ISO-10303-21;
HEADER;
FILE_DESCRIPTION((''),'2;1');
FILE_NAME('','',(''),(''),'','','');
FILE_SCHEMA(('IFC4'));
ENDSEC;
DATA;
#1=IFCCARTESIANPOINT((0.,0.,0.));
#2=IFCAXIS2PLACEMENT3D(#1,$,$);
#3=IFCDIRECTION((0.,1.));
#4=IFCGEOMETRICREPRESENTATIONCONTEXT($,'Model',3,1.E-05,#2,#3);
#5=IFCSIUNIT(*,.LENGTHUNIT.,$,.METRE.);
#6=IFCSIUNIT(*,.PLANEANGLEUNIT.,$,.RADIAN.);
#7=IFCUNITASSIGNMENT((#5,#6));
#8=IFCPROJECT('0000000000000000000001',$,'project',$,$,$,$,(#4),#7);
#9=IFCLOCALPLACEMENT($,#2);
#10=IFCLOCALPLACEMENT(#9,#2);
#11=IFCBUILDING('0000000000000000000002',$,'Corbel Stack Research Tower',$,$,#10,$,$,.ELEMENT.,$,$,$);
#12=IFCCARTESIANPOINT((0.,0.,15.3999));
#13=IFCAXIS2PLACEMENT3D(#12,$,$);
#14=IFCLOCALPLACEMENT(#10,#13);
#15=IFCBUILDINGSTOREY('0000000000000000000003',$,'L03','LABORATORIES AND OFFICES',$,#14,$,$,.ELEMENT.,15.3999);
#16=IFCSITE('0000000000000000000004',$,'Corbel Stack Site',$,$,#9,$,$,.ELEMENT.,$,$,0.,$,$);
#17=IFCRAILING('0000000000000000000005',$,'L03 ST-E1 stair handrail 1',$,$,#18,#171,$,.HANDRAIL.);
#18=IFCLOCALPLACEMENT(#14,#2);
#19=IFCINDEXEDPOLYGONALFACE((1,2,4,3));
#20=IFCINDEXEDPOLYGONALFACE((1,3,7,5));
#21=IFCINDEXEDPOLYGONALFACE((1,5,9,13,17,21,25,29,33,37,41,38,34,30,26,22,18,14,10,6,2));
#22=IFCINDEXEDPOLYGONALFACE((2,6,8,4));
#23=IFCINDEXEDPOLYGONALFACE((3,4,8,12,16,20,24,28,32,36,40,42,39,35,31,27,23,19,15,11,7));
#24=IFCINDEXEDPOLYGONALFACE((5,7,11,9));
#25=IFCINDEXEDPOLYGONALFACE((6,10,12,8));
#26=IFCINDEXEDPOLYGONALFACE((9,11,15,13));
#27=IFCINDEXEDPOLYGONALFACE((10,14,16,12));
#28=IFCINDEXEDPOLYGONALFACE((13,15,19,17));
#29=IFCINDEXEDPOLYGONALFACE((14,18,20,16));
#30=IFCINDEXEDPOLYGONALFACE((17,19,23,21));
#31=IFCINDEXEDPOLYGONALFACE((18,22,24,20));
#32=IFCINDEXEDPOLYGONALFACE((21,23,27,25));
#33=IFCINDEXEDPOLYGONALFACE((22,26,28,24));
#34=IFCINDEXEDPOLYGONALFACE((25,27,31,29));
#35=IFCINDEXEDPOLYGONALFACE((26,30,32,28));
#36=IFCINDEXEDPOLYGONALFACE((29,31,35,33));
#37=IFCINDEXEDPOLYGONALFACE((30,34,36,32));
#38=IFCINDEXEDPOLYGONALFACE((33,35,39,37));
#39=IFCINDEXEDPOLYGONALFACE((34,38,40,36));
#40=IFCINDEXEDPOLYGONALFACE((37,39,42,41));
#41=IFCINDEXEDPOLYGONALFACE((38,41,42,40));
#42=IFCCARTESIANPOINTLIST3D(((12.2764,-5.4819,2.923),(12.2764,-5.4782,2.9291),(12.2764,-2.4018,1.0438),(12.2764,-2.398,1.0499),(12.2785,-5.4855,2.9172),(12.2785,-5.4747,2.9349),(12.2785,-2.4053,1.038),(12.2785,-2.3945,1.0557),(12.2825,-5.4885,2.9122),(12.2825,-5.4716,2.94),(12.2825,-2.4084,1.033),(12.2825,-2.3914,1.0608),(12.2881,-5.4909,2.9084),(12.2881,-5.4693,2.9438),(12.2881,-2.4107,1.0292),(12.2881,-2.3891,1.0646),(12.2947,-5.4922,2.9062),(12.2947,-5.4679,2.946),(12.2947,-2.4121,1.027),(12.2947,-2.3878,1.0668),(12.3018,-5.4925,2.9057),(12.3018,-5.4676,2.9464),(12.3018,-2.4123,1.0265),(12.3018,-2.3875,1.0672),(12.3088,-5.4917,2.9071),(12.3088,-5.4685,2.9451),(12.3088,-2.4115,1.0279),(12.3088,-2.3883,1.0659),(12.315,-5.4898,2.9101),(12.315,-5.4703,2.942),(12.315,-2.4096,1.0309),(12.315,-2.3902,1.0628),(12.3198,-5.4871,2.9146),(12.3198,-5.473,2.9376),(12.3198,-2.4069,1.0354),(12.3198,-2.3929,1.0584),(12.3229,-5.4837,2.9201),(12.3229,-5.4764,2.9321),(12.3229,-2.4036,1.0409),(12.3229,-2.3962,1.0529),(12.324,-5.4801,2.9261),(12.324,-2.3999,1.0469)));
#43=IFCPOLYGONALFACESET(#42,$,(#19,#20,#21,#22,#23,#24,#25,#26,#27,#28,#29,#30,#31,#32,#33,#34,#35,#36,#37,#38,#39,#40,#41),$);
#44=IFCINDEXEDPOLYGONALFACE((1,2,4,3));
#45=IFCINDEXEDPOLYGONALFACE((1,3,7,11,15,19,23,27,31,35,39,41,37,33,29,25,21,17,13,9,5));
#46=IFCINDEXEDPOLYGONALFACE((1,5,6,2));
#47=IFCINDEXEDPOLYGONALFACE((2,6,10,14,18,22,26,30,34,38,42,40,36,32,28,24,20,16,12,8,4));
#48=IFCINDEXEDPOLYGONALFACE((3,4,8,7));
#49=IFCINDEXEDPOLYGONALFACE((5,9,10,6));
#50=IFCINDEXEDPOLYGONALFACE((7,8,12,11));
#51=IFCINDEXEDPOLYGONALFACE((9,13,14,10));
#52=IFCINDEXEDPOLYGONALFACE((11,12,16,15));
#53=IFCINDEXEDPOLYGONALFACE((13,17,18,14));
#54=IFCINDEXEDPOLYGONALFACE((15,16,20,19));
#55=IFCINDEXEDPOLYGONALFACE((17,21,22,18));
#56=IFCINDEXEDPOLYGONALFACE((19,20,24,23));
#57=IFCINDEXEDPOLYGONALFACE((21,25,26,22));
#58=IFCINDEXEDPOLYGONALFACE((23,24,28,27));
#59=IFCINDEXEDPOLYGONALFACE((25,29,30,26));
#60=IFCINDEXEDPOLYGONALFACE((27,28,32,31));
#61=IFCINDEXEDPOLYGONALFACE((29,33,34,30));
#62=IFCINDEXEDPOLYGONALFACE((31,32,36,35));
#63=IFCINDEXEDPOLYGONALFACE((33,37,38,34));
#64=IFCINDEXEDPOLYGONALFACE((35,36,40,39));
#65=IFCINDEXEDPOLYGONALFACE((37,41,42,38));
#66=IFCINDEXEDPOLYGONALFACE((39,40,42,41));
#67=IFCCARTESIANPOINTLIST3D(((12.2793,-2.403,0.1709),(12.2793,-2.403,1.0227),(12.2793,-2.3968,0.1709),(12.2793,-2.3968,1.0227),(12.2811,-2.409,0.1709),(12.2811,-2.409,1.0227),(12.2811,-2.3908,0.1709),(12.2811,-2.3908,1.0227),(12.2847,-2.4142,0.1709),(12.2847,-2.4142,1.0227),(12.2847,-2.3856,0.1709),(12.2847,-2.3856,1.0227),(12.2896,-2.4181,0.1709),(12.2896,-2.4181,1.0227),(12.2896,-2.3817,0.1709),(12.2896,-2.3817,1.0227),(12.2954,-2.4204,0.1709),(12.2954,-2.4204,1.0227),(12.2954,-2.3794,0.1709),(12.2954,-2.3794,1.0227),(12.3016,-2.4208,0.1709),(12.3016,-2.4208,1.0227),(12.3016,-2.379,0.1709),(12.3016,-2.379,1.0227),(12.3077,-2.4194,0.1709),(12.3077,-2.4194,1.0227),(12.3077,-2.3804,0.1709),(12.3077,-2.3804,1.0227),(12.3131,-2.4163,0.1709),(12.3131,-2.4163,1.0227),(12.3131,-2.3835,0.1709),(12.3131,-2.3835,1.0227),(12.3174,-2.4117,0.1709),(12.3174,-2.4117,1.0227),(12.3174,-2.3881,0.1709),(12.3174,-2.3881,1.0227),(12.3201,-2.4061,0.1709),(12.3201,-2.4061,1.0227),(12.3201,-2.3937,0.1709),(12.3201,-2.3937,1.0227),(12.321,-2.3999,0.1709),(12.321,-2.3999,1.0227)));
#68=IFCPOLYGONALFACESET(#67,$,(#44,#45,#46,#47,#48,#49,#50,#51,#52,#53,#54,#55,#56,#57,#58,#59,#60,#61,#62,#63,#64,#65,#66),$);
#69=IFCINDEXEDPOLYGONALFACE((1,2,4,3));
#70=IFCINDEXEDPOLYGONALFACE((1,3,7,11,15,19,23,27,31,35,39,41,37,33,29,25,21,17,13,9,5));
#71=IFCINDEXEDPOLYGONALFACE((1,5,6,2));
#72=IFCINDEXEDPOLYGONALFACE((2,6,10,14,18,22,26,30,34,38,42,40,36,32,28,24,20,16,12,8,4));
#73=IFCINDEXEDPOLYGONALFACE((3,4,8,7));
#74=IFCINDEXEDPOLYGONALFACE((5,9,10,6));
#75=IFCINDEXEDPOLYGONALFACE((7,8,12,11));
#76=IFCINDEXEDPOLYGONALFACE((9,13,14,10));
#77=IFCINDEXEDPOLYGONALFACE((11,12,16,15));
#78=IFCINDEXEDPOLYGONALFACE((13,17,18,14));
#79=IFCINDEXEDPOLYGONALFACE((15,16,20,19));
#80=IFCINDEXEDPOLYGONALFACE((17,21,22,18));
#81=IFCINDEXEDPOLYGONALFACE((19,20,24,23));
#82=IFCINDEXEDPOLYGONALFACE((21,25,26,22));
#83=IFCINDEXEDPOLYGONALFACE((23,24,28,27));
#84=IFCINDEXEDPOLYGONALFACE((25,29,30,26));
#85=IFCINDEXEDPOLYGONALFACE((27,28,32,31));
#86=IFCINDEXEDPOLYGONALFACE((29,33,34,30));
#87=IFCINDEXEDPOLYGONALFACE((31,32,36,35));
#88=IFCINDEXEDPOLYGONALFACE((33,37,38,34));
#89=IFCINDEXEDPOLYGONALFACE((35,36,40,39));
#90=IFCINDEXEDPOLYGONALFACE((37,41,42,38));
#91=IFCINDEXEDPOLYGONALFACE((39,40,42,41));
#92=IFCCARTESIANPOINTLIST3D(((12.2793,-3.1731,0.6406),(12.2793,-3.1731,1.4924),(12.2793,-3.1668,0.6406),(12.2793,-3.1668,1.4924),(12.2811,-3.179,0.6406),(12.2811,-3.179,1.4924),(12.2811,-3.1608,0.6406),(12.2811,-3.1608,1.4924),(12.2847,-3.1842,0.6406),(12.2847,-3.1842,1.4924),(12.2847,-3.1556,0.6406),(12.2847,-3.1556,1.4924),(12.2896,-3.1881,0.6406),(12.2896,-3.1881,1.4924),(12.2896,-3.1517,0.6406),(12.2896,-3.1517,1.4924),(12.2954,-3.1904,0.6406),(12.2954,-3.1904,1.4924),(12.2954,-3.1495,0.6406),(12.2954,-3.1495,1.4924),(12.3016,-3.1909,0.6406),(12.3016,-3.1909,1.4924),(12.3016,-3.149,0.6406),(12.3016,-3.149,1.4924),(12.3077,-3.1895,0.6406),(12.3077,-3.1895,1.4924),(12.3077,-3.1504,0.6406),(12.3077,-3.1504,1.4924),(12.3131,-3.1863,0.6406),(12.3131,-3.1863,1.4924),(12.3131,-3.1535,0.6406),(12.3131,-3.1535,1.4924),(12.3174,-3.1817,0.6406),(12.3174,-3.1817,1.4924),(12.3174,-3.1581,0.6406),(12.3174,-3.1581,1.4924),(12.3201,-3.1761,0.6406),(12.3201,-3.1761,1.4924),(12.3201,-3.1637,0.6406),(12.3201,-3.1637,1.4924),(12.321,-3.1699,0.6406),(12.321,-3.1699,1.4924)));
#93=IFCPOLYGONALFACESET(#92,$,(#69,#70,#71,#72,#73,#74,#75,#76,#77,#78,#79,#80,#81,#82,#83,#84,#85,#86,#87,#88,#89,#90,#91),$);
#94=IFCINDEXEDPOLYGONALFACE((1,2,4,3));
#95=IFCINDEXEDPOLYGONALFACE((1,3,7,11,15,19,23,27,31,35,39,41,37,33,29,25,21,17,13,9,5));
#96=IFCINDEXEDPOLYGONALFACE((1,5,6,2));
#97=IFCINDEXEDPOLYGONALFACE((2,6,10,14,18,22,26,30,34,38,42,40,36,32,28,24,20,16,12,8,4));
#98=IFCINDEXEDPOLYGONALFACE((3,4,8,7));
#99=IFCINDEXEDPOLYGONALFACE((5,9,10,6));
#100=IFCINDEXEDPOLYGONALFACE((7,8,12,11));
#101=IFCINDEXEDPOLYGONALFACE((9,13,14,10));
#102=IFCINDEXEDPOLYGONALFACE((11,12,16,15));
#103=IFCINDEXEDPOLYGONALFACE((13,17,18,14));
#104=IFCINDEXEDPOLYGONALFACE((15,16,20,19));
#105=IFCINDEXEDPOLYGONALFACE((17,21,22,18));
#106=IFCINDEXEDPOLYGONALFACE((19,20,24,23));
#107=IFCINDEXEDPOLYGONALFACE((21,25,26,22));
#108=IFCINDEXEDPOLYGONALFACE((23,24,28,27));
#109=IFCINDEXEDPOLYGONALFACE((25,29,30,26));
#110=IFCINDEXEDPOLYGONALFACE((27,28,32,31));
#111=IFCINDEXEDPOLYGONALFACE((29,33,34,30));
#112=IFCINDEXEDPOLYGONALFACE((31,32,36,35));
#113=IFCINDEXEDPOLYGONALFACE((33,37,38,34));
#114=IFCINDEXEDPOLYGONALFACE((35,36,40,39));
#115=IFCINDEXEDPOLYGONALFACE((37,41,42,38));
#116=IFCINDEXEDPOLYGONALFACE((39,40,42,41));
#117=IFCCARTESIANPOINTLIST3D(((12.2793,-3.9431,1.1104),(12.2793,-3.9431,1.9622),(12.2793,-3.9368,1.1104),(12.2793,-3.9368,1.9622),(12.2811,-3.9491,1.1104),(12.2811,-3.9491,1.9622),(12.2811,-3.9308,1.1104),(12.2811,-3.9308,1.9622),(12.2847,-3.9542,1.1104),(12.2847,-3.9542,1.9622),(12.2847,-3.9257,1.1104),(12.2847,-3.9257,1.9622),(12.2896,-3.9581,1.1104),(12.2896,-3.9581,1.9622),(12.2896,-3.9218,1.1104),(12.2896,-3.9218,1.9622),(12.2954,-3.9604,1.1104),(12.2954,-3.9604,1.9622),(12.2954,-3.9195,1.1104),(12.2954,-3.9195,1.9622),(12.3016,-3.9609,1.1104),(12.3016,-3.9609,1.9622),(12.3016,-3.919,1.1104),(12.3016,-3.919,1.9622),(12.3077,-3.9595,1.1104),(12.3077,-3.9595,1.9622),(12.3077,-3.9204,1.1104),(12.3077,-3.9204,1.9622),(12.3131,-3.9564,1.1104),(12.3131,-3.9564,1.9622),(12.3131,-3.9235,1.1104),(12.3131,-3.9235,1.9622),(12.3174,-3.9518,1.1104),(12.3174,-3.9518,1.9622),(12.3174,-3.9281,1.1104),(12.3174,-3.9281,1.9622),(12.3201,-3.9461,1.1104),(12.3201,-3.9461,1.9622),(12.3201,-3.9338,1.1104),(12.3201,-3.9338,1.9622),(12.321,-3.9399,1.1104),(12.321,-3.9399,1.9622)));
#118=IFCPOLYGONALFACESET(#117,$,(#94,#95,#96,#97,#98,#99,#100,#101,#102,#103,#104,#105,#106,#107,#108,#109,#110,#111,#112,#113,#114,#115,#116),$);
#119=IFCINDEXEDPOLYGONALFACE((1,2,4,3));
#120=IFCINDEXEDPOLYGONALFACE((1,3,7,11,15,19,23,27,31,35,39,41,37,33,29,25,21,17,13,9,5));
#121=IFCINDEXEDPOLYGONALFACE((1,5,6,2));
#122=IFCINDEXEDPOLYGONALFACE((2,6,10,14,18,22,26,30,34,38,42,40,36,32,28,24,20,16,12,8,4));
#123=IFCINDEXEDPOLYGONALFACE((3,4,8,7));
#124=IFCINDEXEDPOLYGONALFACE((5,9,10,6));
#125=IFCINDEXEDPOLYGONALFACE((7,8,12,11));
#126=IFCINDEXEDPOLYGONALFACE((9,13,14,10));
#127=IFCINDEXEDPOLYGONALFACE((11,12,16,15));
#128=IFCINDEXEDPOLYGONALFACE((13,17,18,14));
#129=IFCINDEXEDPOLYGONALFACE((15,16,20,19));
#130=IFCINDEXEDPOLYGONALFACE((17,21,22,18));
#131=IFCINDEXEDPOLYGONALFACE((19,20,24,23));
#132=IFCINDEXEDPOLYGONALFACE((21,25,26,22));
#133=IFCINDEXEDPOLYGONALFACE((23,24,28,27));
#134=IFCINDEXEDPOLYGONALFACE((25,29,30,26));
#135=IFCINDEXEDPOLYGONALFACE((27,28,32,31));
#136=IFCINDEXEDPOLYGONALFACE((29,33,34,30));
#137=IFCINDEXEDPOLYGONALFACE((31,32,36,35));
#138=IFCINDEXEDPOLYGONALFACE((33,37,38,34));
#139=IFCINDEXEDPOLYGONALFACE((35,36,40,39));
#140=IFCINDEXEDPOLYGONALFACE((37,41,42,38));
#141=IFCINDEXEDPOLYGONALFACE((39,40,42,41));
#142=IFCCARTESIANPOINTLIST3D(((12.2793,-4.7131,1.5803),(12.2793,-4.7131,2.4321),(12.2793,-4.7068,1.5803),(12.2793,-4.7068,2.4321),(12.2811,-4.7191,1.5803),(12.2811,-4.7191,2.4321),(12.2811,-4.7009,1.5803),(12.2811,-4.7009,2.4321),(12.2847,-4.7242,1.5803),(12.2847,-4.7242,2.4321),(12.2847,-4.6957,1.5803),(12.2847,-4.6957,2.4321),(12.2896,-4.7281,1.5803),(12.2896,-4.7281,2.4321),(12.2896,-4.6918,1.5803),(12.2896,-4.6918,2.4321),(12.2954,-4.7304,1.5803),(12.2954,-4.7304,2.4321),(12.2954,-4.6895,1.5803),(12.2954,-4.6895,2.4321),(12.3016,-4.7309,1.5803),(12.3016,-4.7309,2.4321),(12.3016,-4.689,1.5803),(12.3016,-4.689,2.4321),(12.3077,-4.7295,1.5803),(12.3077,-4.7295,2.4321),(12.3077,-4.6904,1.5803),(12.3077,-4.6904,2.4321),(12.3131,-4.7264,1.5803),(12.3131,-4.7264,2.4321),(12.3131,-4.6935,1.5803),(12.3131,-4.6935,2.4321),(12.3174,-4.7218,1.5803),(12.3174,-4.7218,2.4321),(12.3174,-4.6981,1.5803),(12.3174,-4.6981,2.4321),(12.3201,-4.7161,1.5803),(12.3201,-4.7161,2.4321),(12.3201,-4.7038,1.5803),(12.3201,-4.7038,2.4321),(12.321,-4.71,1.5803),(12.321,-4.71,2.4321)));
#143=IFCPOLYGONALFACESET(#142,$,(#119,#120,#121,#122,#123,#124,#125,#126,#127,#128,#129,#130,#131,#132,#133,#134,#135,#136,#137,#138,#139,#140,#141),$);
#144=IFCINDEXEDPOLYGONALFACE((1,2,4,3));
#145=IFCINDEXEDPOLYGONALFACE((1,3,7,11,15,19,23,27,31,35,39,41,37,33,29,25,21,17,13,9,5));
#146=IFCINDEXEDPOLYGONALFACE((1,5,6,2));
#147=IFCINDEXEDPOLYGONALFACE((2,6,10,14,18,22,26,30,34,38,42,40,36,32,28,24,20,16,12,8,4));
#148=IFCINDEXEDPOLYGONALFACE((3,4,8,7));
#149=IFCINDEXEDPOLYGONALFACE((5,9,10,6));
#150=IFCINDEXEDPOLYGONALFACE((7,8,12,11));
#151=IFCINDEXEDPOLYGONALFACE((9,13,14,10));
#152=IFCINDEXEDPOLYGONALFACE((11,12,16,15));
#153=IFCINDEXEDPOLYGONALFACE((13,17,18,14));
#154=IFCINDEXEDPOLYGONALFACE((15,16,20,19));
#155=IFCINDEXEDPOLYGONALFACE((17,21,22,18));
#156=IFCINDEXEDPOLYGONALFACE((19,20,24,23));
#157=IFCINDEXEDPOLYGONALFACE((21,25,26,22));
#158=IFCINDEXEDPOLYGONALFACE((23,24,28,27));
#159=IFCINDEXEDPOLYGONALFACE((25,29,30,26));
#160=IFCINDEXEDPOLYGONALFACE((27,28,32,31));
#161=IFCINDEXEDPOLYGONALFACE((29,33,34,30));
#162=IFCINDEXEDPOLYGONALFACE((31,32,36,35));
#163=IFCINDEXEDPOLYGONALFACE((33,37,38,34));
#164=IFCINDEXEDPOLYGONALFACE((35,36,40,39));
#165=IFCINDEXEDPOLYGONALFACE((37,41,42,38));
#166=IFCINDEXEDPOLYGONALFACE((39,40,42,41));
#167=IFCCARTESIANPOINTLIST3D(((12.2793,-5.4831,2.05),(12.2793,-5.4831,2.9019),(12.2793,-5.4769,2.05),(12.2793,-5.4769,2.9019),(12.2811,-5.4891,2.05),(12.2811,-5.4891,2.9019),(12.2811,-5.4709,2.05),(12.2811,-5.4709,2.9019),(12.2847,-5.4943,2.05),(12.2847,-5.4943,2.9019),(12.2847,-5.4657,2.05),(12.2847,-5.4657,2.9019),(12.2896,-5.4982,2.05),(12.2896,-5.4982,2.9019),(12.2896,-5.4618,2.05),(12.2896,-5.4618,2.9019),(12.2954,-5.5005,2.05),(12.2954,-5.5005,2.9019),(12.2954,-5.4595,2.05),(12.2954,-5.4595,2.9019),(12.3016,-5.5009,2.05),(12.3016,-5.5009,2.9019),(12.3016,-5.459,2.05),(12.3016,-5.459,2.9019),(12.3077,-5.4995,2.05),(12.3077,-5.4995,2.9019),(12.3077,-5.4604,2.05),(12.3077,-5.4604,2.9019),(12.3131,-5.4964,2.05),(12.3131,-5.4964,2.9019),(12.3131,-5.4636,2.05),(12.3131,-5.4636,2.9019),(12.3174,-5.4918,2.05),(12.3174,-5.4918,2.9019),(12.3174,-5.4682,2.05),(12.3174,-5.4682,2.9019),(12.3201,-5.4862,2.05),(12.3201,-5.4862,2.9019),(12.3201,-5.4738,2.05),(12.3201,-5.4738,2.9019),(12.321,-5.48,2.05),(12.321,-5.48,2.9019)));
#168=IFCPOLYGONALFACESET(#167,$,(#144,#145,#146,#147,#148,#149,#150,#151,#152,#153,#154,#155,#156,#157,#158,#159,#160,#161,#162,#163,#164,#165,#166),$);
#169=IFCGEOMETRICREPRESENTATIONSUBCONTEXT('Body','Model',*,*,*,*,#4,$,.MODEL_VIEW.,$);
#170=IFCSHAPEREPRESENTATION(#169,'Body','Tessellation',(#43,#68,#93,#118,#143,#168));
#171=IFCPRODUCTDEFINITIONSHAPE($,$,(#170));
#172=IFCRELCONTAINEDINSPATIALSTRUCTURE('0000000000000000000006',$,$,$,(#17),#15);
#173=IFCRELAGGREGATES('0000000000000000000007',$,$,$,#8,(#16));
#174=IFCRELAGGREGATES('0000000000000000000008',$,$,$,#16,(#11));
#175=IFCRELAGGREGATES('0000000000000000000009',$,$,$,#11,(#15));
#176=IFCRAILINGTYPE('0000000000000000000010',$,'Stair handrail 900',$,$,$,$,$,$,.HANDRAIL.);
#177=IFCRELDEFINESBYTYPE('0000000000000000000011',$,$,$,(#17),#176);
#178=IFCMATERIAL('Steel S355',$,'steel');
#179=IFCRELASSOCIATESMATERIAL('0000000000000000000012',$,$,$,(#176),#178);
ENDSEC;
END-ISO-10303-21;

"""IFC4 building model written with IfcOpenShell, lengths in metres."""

from ifc_helpers import new_model, si_unit, direction, frame, origin, origin_2d, place, context, subcontext, project, spatial, circle, extrude, material, type_object, element, save


model = new_model("IFC4")

# Units and contexts
model_context = context("Model", 3, precision=1e-05, world=origin(), true_north=direction((0.0, 1.0)))
body_context = subcontext(model_context, "Body", "Model", "MODEL_VIEW")
ifc_project = project(units=[si_unit("LENGTHUNIT", "METRE"), si_unit("PLANEANGLEUNIT", "RADIAN")], contexts=[model_context])

# Site, building, storey
site_placement = place(None, origin())
site = spatial("IfcSite", under=ifc_project, at=site_placement, Name="Corbel Stack Site", CompositionType="ELEMENT", RefElevation=0.0)
building_placement = place(site_placement, origin())
building = spatial("IfcBuilding", under=site, at=building_placement, Name="Corbel Stack Research Tower", CompositionType="ELEMENT")
storey_placement = place(building_placement, frame((0.0, 0.0, 15.3999)))
storey = spatial("IfcBuildingStorey", under=building, at=storey_placement, Name="L03", Description="LABORATORIES AND OFFICES", CompositionType="ELEMENT", Elevation=15.3999)

# Railing
ifc_material_1 = material(Name="Steel S355", Category="steel")
railing_type_1 = type_object("IfcRailingType", Name="Stair handrail 900", PredefinedType="HANDRAIL", material=ifc_material_1)
railing_1_placement = place(storey_placement, frame((12.3, -2.3999, 0.1709)))
element("IfcRailing", 1, at=railing_1_placement, inside=storey, type_object=railing_type_1, Name="L03 ST-E1 stair handrail 1", PredefinedType="HANDRAIL", context=body_context, shape_type="SweptSolid", body=[
    extrude(circle(Radius=0.0239, at=origin_2d()), frame((0.0, 0.0, 0.876), z_axis=(0.0, -0.853666, 0.52082), x_axis=(1.0, 0.0, 0.0)), (0.0, 0.0, 1.0), 3.6082),
    extrude(circle(Radius=0.021, at=origin_2d()), origin(), (0.0, 0.0, 1.0), 0.8518),
    extrude(circle(Radius=0.021, at=origin_2d()), frame((0.0, -0.77, 0.4697)), (0.0, 0.0, 1.0), 0.8518),
    extrude(circle(Radius=0.021, at=origin_2d()), frame((0.0, -1.54, 0.9395)), (0.0, 0.0, 1.0), 0.8518),
    extrude(circle(Radius=0.021, at=origin_2d()), frame((0.0, -2.3101, 1.4094)), (0.0, 0.0, 1.0), 0.8518),
    extrude(circle(Radius=0.021, at=origin_2d()), frame((0.0, -3.0801, 1.8792)), (0.0, 0.0, 1.0), 0.8518),
])

save(model, "model.ifc")
